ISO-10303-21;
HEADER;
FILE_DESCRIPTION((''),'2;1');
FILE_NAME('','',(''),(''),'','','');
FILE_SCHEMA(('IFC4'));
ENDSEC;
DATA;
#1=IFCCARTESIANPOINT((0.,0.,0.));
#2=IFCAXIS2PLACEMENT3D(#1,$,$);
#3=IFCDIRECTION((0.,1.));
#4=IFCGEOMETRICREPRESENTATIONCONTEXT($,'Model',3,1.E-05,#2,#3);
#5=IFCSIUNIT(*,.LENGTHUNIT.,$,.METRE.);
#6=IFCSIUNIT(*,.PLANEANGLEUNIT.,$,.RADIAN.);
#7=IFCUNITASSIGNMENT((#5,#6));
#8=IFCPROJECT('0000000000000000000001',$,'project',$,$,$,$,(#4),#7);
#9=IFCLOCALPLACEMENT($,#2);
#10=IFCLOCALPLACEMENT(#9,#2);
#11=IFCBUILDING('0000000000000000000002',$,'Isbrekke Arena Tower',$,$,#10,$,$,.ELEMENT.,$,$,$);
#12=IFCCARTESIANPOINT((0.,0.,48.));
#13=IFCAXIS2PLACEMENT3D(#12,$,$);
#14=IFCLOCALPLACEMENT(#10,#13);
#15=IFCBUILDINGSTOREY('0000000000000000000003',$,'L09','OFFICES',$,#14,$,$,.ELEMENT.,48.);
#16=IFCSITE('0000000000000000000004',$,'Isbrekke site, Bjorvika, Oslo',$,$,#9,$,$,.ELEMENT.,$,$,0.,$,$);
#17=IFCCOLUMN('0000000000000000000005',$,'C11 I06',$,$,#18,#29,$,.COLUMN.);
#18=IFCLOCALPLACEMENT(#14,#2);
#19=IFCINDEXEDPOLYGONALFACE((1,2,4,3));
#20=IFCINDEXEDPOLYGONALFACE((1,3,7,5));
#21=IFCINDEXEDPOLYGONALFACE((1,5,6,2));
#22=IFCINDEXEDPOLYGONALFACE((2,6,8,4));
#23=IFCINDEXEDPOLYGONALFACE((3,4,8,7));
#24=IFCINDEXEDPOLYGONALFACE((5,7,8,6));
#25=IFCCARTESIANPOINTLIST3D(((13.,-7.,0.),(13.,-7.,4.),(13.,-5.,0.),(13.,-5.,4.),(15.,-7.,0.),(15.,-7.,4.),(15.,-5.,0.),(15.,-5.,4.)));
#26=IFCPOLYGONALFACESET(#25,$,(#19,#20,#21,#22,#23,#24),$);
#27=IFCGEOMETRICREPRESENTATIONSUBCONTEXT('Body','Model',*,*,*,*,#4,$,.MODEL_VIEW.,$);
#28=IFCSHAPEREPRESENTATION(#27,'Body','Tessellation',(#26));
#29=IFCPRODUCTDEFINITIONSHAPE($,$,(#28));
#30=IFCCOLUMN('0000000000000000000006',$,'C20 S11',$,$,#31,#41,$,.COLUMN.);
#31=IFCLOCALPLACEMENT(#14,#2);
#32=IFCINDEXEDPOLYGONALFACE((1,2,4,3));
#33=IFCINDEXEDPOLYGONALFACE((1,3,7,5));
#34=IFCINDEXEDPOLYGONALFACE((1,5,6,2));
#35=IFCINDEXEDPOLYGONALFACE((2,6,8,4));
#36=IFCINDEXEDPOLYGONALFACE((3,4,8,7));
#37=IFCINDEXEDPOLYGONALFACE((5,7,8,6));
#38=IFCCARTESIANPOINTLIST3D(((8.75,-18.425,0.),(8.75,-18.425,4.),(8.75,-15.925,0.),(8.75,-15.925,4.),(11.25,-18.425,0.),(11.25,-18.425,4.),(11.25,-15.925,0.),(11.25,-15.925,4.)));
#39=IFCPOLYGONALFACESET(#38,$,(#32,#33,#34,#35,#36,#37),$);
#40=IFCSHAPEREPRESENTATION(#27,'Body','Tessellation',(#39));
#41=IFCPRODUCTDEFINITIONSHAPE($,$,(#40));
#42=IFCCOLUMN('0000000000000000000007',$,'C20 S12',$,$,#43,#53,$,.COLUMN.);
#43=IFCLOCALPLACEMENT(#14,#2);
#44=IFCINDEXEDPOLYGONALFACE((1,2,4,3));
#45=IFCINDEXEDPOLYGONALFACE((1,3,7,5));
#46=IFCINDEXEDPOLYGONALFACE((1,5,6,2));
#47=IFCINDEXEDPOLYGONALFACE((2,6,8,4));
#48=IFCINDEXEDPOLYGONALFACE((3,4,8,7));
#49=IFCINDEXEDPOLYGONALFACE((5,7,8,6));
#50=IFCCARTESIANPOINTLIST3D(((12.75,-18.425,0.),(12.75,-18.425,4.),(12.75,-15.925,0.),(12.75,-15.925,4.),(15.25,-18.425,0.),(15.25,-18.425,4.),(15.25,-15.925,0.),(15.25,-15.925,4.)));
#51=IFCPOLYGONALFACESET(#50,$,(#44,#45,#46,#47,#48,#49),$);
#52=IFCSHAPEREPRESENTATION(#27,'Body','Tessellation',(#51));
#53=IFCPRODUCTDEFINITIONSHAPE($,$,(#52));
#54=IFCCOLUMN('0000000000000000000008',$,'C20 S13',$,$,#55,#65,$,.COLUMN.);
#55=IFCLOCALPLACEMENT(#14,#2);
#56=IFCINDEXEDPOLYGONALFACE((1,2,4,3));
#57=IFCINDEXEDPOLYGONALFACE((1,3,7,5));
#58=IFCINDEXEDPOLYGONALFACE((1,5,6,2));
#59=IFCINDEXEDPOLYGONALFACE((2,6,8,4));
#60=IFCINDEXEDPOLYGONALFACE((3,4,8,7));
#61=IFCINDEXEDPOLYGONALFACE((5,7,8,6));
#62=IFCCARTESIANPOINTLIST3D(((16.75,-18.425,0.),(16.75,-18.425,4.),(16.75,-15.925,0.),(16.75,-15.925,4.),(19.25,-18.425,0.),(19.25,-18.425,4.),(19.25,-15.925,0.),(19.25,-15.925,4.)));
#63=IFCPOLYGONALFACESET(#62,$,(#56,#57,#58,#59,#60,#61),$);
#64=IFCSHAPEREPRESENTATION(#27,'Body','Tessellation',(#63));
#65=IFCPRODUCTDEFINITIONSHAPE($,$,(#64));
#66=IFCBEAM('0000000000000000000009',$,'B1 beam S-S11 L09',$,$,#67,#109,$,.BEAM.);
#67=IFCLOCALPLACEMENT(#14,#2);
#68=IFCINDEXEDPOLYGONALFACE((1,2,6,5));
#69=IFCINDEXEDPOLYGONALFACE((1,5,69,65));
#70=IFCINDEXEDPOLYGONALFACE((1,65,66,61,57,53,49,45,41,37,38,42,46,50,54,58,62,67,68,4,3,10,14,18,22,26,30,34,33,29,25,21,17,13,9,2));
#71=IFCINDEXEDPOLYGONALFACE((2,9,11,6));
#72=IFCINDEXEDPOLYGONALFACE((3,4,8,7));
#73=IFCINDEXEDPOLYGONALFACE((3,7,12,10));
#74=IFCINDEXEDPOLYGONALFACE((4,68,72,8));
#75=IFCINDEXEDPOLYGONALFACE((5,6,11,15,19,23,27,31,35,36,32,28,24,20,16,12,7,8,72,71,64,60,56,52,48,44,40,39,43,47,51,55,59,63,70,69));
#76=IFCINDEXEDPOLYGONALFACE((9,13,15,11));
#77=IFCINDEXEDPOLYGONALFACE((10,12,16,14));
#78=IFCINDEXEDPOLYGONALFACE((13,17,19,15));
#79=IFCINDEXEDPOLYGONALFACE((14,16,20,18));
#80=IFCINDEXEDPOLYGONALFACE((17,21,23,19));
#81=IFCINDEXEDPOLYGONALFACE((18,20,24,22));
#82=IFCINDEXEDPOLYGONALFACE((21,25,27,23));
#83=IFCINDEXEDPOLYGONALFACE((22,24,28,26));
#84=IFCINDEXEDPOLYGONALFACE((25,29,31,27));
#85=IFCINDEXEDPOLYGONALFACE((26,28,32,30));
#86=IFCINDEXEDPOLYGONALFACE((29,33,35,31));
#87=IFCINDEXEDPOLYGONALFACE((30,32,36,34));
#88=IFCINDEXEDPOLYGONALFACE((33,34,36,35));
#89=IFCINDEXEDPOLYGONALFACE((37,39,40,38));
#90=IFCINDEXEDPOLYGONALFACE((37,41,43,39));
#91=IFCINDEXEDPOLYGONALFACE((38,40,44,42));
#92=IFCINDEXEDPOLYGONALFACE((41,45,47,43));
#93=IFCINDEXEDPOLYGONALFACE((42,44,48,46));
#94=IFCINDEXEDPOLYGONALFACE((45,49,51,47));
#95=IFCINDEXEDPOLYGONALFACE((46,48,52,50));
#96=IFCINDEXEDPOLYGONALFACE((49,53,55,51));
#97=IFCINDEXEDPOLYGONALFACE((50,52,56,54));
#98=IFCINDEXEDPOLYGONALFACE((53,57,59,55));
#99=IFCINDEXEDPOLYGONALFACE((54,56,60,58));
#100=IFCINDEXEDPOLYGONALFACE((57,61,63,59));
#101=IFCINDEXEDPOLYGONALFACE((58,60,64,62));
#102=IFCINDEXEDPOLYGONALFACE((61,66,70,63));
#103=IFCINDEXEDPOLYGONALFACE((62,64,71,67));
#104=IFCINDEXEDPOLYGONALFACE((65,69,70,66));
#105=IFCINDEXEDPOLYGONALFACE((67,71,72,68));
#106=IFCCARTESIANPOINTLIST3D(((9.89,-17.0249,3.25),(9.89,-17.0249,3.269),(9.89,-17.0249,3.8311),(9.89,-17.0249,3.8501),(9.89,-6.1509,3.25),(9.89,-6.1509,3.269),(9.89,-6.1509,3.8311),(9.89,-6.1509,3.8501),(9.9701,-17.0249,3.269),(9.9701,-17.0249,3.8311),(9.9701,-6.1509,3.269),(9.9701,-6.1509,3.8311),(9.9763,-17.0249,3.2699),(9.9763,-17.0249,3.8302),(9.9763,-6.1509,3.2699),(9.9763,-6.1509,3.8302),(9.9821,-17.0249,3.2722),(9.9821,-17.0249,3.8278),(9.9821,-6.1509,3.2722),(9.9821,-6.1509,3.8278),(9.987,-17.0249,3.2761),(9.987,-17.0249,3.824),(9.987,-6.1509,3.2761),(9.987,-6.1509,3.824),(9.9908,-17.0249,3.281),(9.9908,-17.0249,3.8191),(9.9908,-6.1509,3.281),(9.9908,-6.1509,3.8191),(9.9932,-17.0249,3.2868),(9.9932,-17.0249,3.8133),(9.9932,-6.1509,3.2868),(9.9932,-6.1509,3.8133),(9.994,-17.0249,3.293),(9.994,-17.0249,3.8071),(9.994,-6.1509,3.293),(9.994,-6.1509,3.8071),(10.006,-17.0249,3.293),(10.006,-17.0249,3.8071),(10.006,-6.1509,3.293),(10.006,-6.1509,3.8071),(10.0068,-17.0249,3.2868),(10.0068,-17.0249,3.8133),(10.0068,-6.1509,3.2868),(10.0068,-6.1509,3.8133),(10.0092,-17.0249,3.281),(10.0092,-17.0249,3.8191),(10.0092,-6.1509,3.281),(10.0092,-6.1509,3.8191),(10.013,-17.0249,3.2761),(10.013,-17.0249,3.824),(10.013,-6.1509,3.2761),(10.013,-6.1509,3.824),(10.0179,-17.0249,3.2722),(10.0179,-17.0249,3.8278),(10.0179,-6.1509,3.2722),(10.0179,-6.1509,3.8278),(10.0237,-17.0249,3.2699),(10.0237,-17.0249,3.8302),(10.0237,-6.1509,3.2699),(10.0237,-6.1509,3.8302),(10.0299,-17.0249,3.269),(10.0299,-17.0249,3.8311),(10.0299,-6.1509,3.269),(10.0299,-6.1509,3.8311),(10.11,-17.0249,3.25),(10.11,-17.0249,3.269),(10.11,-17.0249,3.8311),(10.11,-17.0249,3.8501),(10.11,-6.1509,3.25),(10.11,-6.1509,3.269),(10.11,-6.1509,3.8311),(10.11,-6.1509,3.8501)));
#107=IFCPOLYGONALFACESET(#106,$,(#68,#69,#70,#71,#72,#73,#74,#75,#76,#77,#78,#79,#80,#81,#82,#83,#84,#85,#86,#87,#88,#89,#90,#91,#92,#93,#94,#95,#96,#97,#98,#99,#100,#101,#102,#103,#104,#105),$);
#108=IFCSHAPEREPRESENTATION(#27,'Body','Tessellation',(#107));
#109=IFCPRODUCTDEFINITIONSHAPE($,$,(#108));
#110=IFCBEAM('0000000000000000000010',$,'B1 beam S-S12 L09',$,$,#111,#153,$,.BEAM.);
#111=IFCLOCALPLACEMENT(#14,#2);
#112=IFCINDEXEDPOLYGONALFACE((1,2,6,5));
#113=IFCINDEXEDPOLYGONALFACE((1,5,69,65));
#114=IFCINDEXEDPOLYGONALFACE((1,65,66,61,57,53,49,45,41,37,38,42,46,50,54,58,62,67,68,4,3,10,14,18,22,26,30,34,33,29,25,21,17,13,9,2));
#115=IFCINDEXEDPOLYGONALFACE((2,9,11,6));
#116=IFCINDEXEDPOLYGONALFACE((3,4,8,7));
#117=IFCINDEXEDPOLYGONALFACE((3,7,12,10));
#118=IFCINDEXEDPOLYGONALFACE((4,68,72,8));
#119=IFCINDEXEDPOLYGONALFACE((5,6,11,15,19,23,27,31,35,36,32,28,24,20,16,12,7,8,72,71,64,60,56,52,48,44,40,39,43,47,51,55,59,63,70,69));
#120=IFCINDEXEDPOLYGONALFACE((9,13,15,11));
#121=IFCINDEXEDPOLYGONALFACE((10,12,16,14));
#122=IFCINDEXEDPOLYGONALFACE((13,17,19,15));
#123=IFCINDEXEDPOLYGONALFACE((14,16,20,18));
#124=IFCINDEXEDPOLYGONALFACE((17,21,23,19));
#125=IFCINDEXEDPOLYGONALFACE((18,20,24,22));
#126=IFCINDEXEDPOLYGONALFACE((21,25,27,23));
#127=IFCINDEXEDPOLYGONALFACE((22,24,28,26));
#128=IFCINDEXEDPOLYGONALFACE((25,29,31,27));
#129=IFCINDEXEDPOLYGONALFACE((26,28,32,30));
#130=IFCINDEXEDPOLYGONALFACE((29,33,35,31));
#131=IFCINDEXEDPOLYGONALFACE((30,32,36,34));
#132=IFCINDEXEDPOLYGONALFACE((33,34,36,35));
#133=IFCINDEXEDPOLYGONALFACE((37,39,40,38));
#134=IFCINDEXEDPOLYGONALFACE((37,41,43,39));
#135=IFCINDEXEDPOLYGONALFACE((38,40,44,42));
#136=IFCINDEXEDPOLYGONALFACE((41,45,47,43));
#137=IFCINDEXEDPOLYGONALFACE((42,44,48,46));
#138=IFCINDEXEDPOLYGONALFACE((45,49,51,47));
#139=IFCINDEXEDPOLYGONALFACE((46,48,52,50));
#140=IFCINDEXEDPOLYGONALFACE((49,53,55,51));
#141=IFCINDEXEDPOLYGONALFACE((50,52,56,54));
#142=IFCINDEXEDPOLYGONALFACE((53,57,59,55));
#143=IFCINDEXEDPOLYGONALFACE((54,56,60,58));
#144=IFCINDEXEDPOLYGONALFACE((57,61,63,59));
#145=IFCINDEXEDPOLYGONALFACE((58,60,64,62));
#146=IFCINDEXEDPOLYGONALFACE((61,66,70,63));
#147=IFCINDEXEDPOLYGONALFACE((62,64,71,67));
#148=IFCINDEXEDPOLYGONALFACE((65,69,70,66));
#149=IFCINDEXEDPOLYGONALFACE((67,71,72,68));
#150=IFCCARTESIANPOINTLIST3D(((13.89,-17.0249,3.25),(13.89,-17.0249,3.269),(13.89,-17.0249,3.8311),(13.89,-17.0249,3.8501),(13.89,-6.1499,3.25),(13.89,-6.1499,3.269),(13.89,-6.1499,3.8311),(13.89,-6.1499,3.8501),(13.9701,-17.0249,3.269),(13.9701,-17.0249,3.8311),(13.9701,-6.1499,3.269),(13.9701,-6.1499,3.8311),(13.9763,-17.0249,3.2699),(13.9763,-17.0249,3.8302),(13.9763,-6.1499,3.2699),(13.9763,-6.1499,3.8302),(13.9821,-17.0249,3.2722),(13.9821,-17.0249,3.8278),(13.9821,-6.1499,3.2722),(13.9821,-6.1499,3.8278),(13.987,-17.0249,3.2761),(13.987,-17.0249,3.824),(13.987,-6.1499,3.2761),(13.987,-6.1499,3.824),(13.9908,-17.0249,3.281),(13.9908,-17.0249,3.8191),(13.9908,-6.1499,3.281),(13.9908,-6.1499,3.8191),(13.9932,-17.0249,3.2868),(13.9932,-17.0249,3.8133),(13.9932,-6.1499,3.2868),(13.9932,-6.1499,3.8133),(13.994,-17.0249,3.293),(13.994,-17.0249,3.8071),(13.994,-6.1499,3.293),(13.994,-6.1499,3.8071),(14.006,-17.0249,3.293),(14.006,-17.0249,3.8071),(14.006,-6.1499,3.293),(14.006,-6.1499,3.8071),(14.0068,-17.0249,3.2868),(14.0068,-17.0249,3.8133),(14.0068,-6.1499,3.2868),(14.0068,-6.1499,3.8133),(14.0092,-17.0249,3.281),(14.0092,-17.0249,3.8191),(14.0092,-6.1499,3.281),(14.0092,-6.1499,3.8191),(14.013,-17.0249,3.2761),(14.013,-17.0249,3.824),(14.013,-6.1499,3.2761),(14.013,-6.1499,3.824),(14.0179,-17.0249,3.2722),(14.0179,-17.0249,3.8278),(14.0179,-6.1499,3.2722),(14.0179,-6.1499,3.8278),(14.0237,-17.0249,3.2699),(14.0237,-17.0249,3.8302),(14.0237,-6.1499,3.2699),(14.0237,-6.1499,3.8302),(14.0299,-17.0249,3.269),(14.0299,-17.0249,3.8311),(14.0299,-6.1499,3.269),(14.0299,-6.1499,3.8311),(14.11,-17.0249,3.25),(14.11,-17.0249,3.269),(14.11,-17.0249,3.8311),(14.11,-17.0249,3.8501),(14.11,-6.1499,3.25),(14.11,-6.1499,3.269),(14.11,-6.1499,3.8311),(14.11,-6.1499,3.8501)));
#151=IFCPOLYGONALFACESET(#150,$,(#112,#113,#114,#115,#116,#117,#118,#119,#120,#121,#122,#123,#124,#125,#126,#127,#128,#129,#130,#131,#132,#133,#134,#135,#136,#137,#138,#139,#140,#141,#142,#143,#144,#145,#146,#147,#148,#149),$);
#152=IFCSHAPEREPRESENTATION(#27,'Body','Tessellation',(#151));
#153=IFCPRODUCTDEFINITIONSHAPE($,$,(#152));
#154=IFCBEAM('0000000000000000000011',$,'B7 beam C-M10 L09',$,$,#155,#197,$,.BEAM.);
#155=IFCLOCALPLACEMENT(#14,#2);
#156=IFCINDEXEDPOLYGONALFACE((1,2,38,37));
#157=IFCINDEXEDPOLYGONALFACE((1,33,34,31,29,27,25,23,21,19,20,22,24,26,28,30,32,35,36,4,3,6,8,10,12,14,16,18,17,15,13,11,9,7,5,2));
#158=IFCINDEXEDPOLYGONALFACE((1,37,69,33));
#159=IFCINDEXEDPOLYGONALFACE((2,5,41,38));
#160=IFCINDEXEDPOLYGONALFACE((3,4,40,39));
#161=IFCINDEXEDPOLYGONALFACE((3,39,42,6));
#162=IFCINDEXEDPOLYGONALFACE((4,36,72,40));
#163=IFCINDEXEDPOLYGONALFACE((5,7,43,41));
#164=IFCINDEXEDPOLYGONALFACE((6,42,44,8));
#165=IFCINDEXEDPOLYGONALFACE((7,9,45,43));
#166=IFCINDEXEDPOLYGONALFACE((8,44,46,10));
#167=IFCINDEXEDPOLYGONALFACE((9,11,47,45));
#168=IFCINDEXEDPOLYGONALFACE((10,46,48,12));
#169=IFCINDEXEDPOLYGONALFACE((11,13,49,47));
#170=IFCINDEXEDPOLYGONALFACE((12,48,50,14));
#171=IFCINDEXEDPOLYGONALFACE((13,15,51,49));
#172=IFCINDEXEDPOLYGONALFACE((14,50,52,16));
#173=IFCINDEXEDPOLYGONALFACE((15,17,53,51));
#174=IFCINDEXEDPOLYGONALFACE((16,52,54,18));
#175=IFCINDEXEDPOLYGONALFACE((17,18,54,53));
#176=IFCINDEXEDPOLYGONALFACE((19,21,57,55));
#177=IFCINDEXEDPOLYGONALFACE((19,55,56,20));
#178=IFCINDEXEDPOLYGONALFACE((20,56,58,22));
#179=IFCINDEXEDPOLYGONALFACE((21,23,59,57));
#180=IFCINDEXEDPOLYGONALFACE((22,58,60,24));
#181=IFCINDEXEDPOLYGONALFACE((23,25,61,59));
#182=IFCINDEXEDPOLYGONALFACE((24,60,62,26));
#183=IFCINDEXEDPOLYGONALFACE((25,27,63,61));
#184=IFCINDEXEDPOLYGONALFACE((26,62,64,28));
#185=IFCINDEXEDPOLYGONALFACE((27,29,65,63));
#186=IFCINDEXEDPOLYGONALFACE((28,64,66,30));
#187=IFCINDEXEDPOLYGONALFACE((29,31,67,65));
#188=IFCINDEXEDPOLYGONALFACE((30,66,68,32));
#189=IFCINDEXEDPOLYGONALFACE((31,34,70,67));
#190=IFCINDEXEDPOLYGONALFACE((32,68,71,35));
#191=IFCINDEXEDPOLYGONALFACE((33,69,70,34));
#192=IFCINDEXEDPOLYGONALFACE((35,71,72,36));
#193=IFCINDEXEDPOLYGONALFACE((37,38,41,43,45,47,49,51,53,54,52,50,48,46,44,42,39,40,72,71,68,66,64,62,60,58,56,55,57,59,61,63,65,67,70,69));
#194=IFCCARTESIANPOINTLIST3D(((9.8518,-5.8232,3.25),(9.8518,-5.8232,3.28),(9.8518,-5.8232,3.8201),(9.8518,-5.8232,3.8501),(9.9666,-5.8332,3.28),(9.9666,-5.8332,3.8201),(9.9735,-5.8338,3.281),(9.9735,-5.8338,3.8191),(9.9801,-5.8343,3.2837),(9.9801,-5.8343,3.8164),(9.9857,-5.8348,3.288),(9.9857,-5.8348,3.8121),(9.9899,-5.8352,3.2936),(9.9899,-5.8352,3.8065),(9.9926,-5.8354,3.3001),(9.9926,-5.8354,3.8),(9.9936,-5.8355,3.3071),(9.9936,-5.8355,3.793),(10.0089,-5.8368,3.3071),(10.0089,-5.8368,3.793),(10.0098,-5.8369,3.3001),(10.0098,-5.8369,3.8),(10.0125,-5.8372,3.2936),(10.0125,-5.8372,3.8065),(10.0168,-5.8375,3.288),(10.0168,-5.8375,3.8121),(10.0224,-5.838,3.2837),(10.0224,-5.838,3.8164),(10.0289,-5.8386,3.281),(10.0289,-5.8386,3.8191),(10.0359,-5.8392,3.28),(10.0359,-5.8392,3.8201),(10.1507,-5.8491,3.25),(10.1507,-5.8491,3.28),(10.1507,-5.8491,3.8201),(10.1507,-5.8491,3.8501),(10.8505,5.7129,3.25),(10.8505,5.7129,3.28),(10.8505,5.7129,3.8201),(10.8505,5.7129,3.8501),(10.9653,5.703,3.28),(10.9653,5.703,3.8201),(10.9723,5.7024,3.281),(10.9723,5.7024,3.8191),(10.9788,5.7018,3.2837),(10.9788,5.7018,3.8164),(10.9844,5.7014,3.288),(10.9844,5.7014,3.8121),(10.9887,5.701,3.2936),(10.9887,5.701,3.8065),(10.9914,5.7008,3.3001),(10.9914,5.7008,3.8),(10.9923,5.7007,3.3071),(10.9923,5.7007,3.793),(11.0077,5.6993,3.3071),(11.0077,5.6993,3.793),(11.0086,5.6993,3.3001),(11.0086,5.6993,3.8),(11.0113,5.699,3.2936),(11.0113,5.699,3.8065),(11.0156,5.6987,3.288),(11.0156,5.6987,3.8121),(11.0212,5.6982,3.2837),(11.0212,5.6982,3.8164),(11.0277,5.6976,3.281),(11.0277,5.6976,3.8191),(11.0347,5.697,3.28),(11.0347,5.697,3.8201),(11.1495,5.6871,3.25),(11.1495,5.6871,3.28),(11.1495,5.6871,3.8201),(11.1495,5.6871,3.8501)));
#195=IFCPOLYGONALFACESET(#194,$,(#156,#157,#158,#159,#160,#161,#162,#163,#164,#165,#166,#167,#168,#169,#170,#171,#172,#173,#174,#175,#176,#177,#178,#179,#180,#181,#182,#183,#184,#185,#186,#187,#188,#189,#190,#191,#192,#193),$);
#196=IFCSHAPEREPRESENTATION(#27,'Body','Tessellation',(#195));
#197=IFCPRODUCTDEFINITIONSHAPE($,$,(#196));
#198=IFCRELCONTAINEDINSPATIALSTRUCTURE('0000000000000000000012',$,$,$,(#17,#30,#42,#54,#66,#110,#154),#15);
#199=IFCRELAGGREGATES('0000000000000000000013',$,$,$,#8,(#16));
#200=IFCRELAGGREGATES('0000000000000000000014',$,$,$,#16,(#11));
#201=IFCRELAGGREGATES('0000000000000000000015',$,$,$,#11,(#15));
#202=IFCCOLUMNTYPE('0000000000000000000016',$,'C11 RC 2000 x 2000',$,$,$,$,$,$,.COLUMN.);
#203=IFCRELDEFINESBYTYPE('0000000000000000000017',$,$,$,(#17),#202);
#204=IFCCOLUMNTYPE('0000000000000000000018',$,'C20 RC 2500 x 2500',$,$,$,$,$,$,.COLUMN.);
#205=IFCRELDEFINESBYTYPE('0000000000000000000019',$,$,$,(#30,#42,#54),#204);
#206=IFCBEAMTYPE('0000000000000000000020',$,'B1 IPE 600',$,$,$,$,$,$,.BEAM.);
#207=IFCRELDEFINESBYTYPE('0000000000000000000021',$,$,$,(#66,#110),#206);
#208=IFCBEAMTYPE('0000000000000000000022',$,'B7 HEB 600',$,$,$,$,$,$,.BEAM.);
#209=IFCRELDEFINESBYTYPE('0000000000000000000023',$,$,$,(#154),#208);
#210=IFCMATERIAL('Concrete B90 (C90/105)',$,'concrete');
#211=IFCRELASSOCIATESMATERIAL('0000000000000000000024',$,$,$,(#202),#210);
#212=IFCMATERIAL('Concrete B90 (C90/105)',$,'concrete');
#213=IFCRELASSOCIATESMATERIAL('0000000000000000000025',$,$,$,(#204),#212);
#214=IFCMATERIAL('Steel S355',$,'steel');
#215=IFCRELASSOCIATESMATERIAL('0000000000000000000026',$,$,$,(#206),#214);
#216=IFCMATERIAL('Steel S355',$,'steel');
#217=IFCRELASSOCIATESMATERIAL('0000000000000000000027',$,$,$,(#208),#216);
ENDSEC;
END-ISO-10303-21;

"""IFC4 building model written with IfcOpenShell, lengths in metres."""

from ifc_helpers import new_model, si_unit, direction, frame, origin, origin_2d, place, context, subcontext, project, spatial, rectangle, i_section, extrude, material, material_profile, profile_set, type_object, element, save


model = new_model("IFC4")

# Units and contexts
model_context = context("Model", 3, precision=1e-05, world=origin(), true_north=direction((0.0, 1.0)))
body_context = subcontext(model_context, "Body", "Model", "MODEL_VIEW")
ifc_project = project(units=[si_unit("LENGTHUNIT", "METRE"), si_unit("PLANEANGLEUNIT", "RADIAN")], contexts=[model_context])

# Site, building, storey
site_placement = place(None, origin())
site = spatial("IfcSite", under=ifc_project, at=site_placement, Name="Isbrekke site, Bjorvika, Oslo", CompositionType="ELEMENT", RefElevation=0.0)
building_placement = place(site_placement, origin())
building = spatial("IfcBuilding", under=site, at=building_placement, Name="Isbrekke Arena Tower", CompositionType="ELEMENT")
storey_placement = place(building_placement, frame((0.0, 0.0, 48.0)))
storey = spatial("IfcBuildingStorey", under=building, at=storey_placement, Name="L09", Description="OFFICES", CompositionType="ELEMENT", Elevation=48.0)

# Columns
ifc_material_1 = material(Name="Concrete B90 (C90/105)", Category="concrete")
ifc_material_profile_1 = material_profile(ifc_material_1, rectangle(XDim=2.0, YDim=2.0, at=origin_2d()), Name="RC 2000x2000")
ifc_profile_set_1 = profile_set([ifc_material_profile_1], Name="Concrete B90 (C90/105)")
column_type_1 = type_object("IfcColumnType", Name="C11 RC 2000 x 2000", PredefinedType="COLUMN", material=ifc_profile_set_1)
column_placement = place(storey_placement, frame((14.0, -6.0, 0.0), z_axis=(0.0, 0.0, 1.0), x_axis=(1.0, 0.0, 0.0)))
element("IfcColumn", 1, at=column_placement, inside=storey, type_object=column_type_1, Name="C11 I06", PredefinedType="COLUMN", context=body_context, shape_type="SweptSolid", body=[
    extrude(rectangle(XDim=2.0, YDim=2.0, at=origin_2d()), origin(), (0.0, 0.0, 1.0), 4.0),
])
ifc_material_2 = material(Name="Concrete B90 (C90/105)", Category="concrete")
ifc_material_profile_2 = material_profile(ifc_material_2, rectangle(XDim=2.5, YDim=2.5, at=origin_2d()), Name="RC 2500x2500")
ifc_profile_set_2 = profile_set([ifc_material_profile_2], Name="Concrete B90 (C90/105)")
column_type_2 = type_object("IfcColumnType", Name="C20 RC 2500 x 2500", PredefinedType="COLUMN", material=ifc_profile_set_2)
for number, where, z_axis, x_axis, name in (
    (2, (10.0, -17.175, 0.0), (0.0, 0.0, 1.0), (1.0, 0.0, 0.0), "C20 S11"),
    (3, (14.0, -17.175, 0.0), (0.0, 0.0, 1.0), (1.0, 0.0, 0.0), "C20 S12"),
    (4, (18.0, -17.175, 0.0), (0.0, 0.0, 1.0), (1.0, 0.0, 0.0), "C20 S13"),
):
    element("IfcColumn", number, at=place(storey_placement, frame(where, z_axis=z_axis, x_axis=x_axis)), inside=storey, type_object=column_type_2, Name=name, PredefinedType="COLUMN", context=body_context, shape_type="SweptSolid", body=[
        extrude(rectangle(XDim=2.5, YDim=2.5, at=origin_2d()), origin(), (0.0, 0.0, 1.0), 4.0),
    ])

# Beams
ifc_material_3 = material(Name="Steel S355", Category="steel")
ifc_material_profile_3 = material_profile(ifc_material_3, i_section(OverallWidth=0.22, OverallDepth=0.6001, WebThickness=0.012, FlangeThickness=0.019, FilletRadius=0.0239, at=origin_2d()), Name="IPE 600")
ifc_profile_set_3 = profile_set([ifc_material_profile_3], Name="Steel S355")
beam_type_1 = type_object("IfcBeamType", Name="B1 IPE 600", PredefinedType="BEAM", material=ifc_profile_set_3)
beam_1_placement = place(storey_placement, frame((10.0, -17.0249, 3.55), z_axis=(0.0, 1.0, 0.0), x_axis=(-1.0, 0.0, 0.0)))
element("IfcBeam", 5, at=beam_1_placement, inside=storey, type_object=beam_type_1, Name="B1 beam S-S11 L09", PredefinedType="BEAM", context=body_context, shape_type="SweptSolid", body=[
    extrude(i_section(OverallWidth=0.22, OverallDepth=0.6001, WebThickness=0.012, FlangeThickness=0.019, FilletRadius=0.0239, at=origin_2d()), origin(), (0.0, 0.0, 1.0), 10.874),
])
beam_2_placement = place(storey_placement, frame((14.0, -17.0249, 3.55), z_axis=(0.0, 1.0, 0.0), x_axis=(-1.0, 0.0, 0.0)))
element("IfcBeam", 6, at=beam_2_placement, inside=storey, type_object=beam_type_1, Name="B1 beam S-S12 L09", PredefinedType="BEAM", context=body_context, shape_type="SweptSolid", body=[
    extrude(i_section(OverallWidth=0.22, OverallDepth=0.6001, WebThickness=0.012, FlangeThickness=0.019, FilletRadius=0.0239, at=origin_2d()), origin(), (0.0, 0.0, 1.0), 10.875),
])
ifc_material_4 = material(Name="Steel S355", Category="steel")
ifc_material_profile_4 = material_profile(ifc_material_4, i_section(OverallWidth=0.3, OverallDepth=0.6001, WebThickness=0.0154, FlangeThickness=0.03, FilletRadius=0.0271, at=origin_2d()), Name="HEB 600")
ifc_profile_set_4 = profile_set([ifc_material_profile_4], Name="Steel S355")
beam_type_2 = type_object("IfcBeamType", Name="B7 HEB 600", PredefinedType="BEAM", material=ifc_profile_set_4)
beam_3_placement = place(storey_placement, frame((10.0012, -5.8362, 3.55), z_axis=(0.086256, 0.996273, 0.0), x_axis=(-0.996273, 0.086256, 0.0)))
element("IfcBeam", 7, at=beam_3_placement, inside=storey, type_object=beam_type_2, Name="B7 beam C-M10 L09", PredefinedType="BEAM", context=body_context, shape_type="SweptSolid", body=[
    extrude(i_section(OverallWidth=0.3, OverallDepth=0.6001, WebThickness=0.0154, FlangeThickness=0.03, FilletRadius=0.0271, at=origin_2d()), origin(), (0.0, 0.0, 1.0), 11.5793),
])

save(model, "model.ifc")
